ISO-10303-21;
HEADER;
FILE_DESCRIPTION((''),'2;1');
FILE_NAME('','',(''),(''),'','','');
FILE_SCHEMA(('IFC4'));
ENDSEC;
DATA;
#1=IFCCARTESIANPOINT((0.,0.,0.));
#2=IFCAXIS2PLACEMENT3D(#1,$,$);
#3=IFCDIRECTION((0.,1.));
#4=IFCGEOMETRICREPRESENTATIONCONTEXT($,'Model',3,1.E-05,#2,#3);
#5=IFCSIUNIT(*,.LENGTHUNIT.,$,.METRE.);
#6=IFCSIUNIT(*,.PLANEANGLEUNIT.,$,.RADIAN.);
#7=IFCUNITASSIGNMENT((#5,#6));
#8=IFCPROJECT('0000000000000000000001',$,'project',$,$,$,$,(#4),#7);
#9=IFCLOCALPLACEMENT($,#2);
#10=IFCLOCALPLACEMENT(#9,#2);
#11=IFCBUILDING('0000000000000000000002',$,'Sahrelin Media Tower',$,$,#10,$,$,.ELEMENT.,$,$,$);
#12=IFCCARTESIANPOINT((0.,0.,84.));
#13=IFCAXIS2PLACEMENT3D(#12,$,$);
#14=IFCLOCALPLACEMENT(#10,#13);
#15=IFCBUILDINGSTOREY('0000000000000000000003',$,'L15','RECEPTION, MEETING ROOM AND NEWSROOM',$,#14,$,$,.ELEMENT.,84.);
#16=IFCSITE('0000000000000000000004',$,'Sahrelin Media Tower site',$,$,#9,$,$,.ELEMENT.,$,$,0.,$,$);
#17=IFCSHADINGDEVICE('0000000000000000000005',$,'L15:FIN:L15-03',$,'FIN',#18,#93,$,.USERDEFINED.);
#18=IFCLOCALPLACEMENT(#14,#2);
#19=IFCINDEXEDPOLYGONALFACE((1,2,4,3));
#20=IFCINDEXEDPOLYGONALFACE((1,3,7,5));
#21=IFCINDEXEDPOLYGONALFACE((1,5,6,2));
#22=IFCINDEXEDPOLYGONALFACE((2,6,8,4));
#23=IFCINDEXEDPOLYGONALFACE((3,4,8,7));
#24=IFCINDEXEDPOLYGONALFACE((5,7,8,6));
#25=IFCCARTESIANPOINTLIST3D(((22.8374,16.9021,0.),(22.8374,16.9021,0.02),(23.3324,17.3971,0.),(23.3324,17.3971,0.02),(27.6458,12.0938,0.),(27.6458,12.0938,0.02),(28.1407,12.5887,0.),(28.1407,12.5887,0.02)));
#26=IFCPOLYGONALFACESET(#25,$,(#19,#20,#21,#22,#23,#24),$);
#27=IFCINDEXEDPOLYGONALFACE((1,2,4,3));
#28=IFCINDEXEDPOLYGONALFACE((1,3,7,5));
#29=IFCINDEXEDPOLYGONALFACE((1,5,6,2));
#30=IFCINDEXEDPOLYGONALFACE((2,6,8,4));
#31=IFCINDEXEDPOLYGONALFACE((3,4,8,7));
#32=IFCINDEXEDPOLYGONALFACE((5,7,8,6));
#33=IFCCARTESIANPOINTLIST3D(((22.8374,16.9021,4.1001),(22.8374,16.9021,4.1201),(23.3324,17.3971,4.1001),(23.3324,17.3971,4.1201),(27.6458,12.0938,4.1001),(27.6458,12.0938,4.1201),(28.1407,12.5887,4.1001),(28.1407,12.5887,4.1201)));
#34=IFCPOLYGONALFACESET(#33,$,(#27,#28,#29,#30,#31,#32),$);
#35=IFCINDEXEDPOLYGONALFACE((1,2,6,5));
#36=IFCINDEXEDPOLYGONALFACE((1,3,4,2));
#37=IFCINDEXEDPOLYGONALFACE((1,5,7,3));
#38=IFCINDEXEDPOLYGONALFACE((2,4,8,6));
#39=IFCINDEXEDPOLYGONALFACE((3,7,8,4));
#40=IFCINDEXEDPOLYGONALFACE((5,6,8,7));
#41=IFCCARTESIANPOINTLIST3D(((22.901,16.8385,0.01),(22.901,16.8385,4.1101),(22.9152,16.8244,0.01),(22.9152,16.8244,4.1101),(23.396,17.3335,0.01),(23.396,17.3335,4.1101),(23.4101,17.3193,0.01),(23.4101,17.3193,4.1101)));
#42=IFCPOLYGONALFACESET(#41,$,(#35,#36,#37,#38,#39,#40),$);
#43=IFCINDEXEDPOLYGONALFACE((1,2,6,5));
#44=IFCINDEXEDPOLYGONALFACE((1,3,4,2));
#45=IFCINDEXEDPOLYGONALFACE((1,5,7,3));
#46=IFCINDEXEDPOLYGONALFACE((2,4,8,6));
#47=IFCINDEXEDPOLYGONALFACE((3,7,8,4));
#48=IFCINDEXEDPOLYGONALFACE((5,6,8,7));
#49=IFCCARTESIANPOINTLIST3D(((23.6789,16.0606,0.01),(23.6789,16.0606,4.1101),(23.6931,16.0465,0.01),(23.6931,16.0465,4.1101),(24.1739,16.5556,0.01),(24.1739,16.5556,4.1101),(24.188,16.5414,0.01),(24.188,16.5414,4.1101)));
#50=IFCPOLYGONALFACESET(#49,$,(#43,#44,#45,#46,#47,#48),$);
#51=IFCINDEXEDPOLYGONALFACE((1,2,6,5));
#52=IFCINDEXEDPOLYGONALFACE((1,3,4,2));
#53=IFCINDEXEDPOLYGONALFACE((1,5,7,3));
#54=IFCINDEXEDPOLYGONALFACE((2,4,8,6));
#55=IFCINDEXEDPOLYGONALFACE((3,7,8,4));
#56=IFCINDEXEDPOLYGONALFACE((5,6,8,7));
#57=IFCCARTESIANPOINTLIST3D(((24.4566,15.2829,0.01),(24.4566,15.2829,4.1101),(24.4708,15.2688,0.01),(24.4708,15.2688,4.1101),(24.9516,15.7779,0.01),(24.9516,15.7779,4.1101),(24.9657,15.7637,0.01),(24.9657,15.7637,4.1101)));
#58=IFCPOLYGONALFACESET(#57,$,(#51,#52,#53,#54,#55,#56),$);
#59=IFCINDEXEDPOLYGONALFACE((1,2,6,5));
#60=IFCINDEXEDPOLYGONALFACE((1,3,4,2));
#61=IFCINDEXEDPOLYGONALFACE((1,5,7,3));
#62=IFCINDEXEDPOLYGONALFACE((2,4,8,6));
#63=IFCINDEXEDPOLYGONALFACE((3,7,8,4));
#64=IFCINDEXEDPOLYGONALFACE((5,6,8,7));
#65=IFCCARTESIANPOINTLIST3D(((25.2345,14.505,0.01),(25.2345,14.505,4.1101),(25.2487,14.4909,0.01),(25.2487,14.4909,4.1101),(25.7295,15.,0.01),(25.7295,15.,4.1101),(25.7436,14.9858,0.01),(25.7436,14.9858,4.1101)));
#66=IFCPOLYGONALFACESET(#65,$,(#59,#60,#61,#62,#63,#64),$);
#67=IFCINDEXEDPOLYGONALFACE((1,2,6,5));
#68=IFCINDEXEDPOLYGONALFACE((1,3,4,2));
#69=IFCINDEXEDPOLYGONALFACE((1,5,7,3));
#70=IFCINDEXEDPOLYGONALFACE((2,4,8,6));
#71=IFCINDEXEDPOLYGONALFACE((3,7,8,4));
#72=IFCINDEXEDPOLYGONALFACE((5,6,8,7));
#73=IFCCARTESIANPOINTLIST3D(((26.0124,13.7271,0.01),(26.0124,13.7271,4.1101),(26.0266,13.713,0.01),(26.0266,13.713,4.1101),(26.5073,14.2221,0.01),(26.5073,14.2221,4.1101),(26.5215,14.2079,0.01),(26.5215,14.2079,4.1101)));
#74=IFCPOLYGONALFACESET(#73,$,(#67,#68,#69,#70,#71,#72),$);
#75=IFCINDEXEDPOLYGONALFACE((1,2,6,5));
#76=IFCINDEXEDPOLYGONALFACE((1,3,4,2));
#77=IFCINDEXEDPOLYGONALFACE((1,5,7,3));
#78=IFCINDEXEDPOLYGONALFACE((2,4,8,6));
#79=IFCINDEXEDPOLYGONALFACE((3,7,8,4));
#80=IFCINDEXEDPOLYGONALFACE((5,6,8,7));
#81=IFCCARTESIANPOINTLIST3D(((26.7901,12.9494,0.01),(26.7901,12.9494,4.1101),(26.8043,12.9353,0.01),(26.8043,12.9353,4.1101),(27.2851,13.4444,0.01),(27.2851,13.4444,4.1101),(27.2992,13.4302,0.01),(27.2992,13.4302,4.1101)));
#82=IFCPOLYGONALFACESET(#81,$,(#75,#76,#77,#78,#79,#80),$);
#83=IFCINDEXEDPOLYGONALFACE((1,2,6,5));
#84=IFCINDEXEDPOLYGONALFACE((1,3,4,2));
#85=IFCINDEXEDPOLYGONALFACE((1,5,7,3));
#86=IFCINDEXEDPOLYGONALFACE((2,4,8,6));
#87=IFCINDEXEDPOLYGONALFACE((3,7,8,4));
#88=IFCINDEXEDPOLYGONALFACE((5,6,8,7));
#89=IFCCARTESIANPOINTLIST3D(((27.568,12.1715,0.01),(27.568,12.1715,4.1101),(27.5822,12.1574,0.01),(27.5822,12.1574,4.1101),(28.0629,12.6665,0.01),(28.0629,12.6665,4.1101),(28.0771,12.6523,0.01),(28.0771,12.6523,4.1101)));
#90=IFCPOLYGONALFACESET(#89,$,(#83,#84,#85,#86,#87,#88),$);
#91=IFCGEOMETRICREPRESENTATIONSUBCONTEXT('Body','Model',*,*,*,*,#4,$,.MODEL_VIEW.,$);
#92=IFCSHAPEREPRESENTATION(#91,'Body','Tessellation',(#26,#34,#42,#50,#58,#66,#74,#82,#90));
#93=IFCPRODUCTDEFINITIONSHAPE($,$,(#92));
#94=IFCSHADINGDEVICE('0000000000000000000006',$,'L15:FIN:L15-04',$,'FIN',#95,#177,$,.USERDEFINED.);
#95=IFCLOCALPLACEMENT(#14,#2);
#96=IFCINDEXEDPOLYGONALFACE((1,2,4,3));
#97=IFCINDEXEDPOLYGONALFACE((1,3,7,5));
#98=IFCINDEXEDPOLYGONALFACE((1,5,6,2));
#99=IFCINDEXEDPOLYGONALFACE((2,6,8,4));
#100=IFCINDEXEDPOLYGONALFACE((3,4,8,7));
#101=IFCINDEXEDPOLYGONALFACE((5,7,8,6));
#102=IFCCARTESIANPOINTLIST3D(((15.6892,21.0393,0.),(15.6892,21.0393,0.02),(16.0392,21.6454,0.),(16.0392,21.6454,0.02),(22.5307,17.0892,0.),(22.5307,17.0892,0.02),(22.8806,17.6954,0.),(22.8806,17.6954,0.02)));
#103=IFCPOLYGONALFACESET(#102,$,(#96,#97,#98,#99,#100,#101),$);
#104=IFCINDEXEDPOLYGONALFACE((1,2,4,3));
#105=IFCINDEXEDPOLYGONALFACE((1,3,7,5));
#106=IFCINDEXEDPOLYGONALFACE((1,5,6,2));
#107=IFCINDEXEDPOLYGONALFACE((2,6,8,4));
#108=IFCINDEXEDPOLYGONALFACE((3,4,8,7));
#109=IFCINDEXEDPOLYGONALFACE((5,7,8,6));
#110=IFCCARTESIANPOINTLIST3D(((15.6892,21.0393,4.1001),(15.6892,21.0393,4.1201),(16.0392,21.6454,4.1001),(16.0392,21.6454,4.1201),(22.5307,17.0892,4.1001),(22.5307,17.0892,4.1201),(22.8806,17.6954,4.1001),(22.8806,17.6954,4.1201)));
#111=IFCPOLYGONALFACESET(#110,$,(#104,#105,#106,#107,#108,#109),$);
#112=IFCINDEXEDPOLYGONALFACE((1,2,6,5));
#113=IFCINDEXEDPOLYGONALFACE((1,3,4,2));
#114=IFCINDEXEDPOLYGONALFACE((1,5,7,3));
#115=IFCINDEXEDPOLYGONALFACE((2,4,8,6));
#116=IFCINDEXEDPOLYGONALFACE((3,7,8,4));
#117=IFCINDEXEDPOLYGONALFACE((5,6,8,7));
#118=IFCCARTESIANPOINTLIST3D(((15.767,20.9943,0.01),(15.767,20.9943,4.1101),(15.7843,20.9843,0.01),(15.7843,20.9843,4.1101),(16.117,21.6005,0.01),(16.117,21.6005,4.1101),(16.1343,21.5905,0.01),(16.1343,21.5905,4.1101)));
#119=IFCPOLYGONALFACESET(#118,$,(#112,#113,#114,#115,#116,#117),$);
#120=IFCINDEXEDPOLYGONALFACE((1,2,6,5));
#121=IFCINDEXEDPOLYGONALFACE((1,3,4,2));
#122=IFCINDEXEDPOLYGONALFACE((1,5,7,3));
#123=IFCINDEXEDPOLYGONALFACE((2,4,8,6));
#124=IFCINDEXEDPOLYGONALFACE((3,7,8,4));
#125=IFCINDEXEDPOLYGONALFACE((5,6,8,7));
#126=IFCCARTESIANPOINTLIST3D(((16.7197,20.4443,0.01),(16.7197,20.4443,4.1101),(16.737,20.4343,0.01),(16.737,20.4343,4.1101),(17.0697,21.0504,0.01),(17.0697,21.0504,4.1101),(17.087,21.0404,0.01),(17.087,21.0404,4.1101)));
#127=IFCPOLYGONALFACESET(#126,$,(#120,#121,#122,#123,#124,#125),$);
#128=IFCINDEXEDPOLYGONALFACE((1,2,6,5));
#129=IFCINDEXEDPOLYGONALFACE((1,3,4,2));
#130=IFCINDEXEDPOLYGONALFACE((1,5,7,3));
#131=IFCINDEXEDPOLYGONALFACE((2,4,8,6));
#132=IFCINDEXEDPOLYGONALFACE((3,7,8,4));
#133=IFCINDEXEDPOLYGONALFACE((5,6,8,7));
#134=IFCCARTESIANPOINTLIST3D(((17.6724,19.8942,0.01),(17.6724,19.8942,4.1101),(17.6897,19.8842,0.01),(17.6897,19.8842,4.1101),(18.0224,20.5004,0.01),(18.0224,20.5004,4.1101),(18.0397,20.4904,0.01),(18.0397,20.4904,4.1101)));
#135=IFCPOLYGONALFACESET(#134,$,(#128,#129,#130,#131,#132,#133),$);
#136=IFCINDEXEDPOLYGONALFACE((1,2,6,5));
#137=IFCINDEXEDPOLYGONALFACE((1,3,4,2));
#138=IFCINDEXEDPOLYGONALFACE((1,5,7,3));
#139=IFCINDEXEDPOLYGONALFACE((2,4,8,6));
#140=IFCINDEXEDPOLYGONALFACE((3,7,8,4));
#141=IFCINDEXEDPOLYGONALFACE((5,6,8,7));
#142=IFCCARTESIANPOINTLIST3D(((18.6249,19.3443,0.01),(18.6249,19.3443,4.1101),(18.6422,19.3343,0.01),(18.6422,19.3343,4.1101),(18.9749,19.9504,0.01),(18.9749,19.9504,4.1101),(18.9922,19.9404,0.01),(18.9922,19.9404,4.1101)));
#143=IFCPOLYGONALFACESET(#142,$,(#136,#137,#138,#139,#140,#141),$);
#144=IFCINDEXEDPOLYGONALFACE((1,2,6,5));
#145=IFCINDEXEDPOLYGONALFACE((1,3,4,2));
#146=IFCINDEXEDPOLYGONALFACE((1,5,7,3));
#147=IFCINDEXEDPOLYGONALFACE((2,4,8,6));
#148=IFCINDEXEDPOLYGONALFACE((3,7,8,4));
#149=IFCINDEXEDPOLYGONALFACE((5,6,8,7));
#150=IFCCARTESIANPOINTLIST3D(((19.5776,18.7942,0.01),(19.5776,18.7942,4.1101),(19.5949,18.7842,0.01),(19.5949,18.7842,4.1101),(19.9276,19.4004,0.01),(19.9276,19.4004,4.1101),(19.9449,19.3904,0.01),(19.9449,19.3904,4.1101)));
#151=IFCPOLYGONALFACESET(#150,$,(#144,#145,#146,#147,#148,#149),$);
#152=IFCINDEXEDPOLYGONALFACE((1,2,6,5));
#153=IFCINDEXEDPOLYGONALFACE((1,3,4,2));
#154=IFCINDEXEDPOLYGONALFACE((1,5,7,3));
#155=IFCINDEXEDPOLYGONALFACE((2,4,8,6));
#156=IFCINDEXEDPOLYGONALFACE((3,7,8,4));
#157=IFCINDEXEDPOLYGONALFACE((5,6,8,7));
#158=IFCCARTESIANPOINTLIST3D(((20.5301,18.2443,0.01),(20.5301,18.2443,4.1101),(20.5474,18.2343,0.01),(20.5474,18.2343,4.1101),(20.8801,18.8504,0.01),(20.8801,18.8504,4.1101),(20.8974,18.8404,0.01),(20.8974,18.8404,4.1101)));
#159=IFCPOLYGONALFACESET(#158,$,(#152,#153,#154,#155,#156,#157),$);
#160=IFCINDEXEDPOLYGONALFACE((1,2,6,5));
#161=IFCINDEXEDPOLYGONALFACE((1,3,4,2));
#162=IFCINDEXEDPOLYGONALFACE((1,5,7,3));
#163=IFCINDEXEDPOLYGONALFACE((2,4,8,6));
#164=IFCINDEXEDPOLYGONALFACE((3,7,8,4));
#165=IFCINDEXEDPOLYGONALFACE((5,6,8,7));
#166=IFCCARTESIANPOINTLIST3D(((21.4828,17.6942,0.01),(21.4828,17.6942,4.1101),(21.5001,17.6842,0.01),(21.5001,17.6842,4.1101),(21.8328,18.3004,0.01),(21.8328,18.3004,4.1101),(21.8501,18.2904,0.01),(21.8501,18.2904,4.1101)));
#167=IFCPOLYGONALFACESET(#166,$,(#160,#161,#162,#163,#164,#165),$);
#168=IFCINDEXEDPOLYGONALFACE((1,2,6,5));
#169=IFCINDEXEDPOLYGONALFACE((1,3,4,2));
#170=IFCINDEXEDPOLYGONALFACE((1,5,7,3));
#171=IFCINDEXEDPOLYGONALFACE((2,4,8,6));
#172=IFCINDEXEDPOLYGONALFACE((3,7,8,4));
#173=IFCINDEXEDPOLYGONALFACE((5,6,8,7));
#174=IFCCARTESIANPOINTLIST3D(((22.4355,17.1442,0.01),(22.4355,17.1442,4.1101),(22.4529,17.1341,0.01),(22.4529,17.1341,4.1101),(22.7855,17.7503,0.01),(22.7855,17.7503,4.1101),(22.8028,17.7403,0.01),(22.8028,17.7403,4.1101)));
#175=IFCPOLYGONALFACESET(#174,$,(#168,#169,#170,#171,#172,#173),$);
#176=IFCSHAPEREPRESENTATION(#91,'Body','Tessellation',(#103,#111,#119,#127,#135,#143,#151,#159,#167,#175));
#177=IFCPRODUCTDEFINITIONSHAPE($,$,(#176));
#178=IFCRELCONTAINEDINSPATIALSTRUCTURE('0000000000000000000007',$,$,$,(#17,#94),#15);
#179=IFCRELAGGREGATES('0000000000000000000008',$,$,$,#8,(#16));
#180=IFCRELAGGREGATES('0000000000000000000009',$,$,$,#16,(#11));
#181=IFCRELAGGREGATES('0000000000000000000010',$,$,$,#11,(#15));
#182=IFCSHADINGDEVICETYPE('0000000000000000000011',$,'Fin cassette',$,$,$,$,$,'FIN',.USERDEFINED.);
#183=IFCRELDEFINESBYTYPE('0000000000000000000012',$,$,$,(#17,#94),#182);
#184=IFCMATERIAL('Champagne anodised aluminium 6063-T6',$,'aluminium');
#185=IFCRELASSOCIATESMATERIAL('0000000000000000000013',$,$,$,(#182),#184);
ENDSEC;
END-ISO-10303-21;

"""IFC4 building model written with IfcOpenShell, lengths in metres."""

from ifc_helpers import new_model, si_unit, direction, frame, origin, origin_2d, place, context, subcontext, project, spatial, rectangle, extrude, material, type_object, element, save


model = new_model("IFC4")

# Units and contexts
model_context = context("Model", 3, precision=1e-05, world=origin(), true_north=direction((0.0, 1.0)))
body_context = subcontext(model_context, "Body", "Model", "MODEL_VIEW")
ifc_project = project(units=[si_unit("LENGTHUNIT", "METRE"), si_unit("PLANEANGLEUNIT", "RADIAN")], contexts=[model_context])

# Site, building, storey
site_placement = place(None, origin())
site = spatial("IfcSite", under=ifc_project, at=site_placement, Name="Sahrelin Media Tower site", CompositionType="ELEMENT", RefElevation=0.0)
building_placement = place(site_placement, origin())
building = spatial("IfcBuilding", under=site, at=building_placement, Name="Sahrelin Media Tower", CompositionType="ELEMENT")
storey_placement = place(building_placement, frame((0.0, 0.0, 84.0)))
storey = spatial("IfcBuildingStorey", under=building, at=storey_placement, Name="L15", Description="RECEPTION, MEETING ROOM AND NEWSROOM", CompositionType="ELEMENT", Elevation=84.0)

# Shared definitions
ifc_material_1 = material(Name="Champagne anodised aluminium 6063-T6", Category="aluminium")

# Shading devices
shading_device_type_1 = type_object("IfcShadingDeviceType", Name="Fin cassette", ElementType="FIN", PredefinedType="USERDEFINED", material=ifc_material_1)
placement_1 = place(storey_placement, frame((25.1921, 14.4485, 0.0), z_axis=(0.0, 0.0, 1.0), x_axis=(0.707107, -0.707107, 0.0)))
element("IfcShadingDevice", 1, at=placement_1, inside=storey, type_object=shading_device_type_1, Name="L15:FIN:L15-03", ObjectType="FIN", PredefinedType="USERDEFINED", context=body_context, shape_type="SweptSolid", body=[
    extrude(rectangle(XDim=6.8, YDim=0.7, at=origin_2d()), frame((0.0, 0.4199, 0.0)), (0.0, 0.0, 1.0), 0.02),
    extrude(rectangle(XDim=6.8, YDim=0.7, at=origin_2d()), frame((0.0, 0.4199, 4.1001)), (0.0, 0.0, 1.0), 0.02),
    extrude(rectangle(XDim=0.02, YDim=0.7, at=origin_2d()), frame((-3.3, 0.4199, 0.01), z_axis=(0.0, 0.0, 1.0), x_axis=(1.0, 0.0, 0.0)), (0.0, 0.0, 1.0), 4.1001),
    extrude(rectangle(XDim=0.02, YDim=0.7, at=origin_2d()), frame((-2.2, 0.4199, 0.01), z_axis=(0.0, 0.0, 1.0), x_axis=(1.0, 0.0, 0.0)), (0.0, 0.0, 1.0), 4.1001),
    extrude(rectangle(XDim=0.02, YDim=0.7, at=origin_2d()), frame((-1.1001, 0.4199, 0.01), z_axis=(0.0, 0.0, 1.0), x_axis=(1.0, 0.0, 0.0)), (0.0, 0.0, 1.0), 4.1001),
    extrude(rectangle(XDim=0.02, YDim=0.7, at=origin_2d()), frame((0.0, 0.4199, 0.01), z_axis=(0.0, 0.0, 1.0), x_axis=(1.0, 0.0, 0.0)), (0.0, 0.0, 1.0), 4.1001),
    extrude(rectangle(XDim=0.02, YDim=0.7, at=origin_2d()), frame((1.1001, 0.4199, 0.01), z_axis=(0.0, 0.0, 1.0), x_axis=(1.0, 0.0, 0.0)), (0.0, 0.0, 1.0), 4.1001),
    extrude(rectangle(XDim=0.02, YDim=0.7, at=origin_2d()), frame((2.2, 0.4199, 0.01), z_axis=(0.0, 0.0, 1.0), x_axis=(1.0, 0.0, 0.0)), (0.0, 0.0, 1.0), 4.1001),
    extrude(rectangle(XDim=0.02, YDim=0.7, at=origin_2d()), frame((3.3, 0.4199, 0.01), z_axis=(0.0, 0.0, 1.0), x_axis=(1.0, 0.0, 0.0)), (0.0, 0.0, 1.0), 4.1001),
])
placement_2 = place(storey_placement, frame((19.075, 19.0037, 0.0), z_axis=(0.0, 0.0, 1.0), x_axis=(0.866019, -0.500011, 0.0)))
element("IfcShadingDevice", 2, at=placement_2, inside=storey, type_object=shading_device_type_1, Name="L15:FIN:L15-04", ObjectType="FIN", PredefinedType="USERDEFINED", context=body_context, shape_type="SweptSolid", body=[
    extrude(rectangle(XDim=7.8999, YDim=0.7, at=origin_2d()), frame((0.0, 0.4199, 0.0)), (0.0, 0.0, 1.0), 0.02),
    extrude(rectangle(XDim=7.8999, YDim=0.7, at=origin_2d()), frame((0.0, 0.4199, 4.1001)), (0.0, 0.0, 1.0), 0.02),
    extrude(rectangle(XDim=0.02, YDim=0.7, at=origin_2d()), frame((-3.8501, 0.4199, 0.01), z_axis=(0.0, 0.0, 1.0), x_axis=(1.0, 0.0, 0.0)), (0.0, 0.0, 1.0), 4.1001),
    extrude(rectangle(XDim=0.02, YDim=0.7, at=origin_2d()), frame((-2.75, 0.4199, 0.01), z_axis=(0.0, 0.0, 1.0), x_axis=(1.0, 0.0, 0.0)), (0.0, 0.0, 1.0), 4.1001),
    extrude(rectangle(XDim=0.02, YDim=0.7, at=origin_2d()), frame((-1.6499, 0.4199, 0.01), z_axis=(0.0, 0.0, 1.0), x_axis=(1.0, 0.0, 0.0)), (0.0, 0.0, 1.0), 4.1001),
    extrude(rectangle(XDim=0.02, YDim=0.7, at=origin_2d()), frame((-0.55, 0.4199, 0.01), z_axis=(0.0, 0.0, 1.0), x_axis=(1.0, 0.0, 0.0)), (0.0, 0.0, 1.0), 4.1001),
    extrude(rectangle(XDim=0.02, YDim=0.7, at=origin_2d()), frame((0.55, 0.4199, 0.01), z_axis=(0.0, 0.0, 1.0), x_axis=(1.0, 0.0, 0.0)), (0.0, 0.0, 1.0), 4.1001),
    extrude(rectangle(XDim=0.02, YDim=0.7, at=origin_2d()), frame((1.6499, 0.4199, 0.01), z_axis=(0.0, 0.0, 1.0), x_axis=(1.0, 0.0, 0.0)), (0.0, 0.0, 1.0), 4.1001),
    extrude(rectangle(XDim=0.02, YDim=0.7, at=origin_2d()), frame((2.75, 0.4199, 0.01), z_axis=(0.0, 0.0, 1.0), x_axis=(1.0, 0.0, 0.0)), (0.0, 0.0, 1.0), 4.1001),
    extrude(rectangle(XDim=0.02, YDim=0.7, at=origin_2d()), frame((3.8501, 0.4199, 0.01), z_axis=(0.0, 0.0, 1.0), x_axis=(1.0, 0.0, 0.0)), (0.0, 0.0, 1.0), 4.1001),
])

save(model, "model.ifc")
